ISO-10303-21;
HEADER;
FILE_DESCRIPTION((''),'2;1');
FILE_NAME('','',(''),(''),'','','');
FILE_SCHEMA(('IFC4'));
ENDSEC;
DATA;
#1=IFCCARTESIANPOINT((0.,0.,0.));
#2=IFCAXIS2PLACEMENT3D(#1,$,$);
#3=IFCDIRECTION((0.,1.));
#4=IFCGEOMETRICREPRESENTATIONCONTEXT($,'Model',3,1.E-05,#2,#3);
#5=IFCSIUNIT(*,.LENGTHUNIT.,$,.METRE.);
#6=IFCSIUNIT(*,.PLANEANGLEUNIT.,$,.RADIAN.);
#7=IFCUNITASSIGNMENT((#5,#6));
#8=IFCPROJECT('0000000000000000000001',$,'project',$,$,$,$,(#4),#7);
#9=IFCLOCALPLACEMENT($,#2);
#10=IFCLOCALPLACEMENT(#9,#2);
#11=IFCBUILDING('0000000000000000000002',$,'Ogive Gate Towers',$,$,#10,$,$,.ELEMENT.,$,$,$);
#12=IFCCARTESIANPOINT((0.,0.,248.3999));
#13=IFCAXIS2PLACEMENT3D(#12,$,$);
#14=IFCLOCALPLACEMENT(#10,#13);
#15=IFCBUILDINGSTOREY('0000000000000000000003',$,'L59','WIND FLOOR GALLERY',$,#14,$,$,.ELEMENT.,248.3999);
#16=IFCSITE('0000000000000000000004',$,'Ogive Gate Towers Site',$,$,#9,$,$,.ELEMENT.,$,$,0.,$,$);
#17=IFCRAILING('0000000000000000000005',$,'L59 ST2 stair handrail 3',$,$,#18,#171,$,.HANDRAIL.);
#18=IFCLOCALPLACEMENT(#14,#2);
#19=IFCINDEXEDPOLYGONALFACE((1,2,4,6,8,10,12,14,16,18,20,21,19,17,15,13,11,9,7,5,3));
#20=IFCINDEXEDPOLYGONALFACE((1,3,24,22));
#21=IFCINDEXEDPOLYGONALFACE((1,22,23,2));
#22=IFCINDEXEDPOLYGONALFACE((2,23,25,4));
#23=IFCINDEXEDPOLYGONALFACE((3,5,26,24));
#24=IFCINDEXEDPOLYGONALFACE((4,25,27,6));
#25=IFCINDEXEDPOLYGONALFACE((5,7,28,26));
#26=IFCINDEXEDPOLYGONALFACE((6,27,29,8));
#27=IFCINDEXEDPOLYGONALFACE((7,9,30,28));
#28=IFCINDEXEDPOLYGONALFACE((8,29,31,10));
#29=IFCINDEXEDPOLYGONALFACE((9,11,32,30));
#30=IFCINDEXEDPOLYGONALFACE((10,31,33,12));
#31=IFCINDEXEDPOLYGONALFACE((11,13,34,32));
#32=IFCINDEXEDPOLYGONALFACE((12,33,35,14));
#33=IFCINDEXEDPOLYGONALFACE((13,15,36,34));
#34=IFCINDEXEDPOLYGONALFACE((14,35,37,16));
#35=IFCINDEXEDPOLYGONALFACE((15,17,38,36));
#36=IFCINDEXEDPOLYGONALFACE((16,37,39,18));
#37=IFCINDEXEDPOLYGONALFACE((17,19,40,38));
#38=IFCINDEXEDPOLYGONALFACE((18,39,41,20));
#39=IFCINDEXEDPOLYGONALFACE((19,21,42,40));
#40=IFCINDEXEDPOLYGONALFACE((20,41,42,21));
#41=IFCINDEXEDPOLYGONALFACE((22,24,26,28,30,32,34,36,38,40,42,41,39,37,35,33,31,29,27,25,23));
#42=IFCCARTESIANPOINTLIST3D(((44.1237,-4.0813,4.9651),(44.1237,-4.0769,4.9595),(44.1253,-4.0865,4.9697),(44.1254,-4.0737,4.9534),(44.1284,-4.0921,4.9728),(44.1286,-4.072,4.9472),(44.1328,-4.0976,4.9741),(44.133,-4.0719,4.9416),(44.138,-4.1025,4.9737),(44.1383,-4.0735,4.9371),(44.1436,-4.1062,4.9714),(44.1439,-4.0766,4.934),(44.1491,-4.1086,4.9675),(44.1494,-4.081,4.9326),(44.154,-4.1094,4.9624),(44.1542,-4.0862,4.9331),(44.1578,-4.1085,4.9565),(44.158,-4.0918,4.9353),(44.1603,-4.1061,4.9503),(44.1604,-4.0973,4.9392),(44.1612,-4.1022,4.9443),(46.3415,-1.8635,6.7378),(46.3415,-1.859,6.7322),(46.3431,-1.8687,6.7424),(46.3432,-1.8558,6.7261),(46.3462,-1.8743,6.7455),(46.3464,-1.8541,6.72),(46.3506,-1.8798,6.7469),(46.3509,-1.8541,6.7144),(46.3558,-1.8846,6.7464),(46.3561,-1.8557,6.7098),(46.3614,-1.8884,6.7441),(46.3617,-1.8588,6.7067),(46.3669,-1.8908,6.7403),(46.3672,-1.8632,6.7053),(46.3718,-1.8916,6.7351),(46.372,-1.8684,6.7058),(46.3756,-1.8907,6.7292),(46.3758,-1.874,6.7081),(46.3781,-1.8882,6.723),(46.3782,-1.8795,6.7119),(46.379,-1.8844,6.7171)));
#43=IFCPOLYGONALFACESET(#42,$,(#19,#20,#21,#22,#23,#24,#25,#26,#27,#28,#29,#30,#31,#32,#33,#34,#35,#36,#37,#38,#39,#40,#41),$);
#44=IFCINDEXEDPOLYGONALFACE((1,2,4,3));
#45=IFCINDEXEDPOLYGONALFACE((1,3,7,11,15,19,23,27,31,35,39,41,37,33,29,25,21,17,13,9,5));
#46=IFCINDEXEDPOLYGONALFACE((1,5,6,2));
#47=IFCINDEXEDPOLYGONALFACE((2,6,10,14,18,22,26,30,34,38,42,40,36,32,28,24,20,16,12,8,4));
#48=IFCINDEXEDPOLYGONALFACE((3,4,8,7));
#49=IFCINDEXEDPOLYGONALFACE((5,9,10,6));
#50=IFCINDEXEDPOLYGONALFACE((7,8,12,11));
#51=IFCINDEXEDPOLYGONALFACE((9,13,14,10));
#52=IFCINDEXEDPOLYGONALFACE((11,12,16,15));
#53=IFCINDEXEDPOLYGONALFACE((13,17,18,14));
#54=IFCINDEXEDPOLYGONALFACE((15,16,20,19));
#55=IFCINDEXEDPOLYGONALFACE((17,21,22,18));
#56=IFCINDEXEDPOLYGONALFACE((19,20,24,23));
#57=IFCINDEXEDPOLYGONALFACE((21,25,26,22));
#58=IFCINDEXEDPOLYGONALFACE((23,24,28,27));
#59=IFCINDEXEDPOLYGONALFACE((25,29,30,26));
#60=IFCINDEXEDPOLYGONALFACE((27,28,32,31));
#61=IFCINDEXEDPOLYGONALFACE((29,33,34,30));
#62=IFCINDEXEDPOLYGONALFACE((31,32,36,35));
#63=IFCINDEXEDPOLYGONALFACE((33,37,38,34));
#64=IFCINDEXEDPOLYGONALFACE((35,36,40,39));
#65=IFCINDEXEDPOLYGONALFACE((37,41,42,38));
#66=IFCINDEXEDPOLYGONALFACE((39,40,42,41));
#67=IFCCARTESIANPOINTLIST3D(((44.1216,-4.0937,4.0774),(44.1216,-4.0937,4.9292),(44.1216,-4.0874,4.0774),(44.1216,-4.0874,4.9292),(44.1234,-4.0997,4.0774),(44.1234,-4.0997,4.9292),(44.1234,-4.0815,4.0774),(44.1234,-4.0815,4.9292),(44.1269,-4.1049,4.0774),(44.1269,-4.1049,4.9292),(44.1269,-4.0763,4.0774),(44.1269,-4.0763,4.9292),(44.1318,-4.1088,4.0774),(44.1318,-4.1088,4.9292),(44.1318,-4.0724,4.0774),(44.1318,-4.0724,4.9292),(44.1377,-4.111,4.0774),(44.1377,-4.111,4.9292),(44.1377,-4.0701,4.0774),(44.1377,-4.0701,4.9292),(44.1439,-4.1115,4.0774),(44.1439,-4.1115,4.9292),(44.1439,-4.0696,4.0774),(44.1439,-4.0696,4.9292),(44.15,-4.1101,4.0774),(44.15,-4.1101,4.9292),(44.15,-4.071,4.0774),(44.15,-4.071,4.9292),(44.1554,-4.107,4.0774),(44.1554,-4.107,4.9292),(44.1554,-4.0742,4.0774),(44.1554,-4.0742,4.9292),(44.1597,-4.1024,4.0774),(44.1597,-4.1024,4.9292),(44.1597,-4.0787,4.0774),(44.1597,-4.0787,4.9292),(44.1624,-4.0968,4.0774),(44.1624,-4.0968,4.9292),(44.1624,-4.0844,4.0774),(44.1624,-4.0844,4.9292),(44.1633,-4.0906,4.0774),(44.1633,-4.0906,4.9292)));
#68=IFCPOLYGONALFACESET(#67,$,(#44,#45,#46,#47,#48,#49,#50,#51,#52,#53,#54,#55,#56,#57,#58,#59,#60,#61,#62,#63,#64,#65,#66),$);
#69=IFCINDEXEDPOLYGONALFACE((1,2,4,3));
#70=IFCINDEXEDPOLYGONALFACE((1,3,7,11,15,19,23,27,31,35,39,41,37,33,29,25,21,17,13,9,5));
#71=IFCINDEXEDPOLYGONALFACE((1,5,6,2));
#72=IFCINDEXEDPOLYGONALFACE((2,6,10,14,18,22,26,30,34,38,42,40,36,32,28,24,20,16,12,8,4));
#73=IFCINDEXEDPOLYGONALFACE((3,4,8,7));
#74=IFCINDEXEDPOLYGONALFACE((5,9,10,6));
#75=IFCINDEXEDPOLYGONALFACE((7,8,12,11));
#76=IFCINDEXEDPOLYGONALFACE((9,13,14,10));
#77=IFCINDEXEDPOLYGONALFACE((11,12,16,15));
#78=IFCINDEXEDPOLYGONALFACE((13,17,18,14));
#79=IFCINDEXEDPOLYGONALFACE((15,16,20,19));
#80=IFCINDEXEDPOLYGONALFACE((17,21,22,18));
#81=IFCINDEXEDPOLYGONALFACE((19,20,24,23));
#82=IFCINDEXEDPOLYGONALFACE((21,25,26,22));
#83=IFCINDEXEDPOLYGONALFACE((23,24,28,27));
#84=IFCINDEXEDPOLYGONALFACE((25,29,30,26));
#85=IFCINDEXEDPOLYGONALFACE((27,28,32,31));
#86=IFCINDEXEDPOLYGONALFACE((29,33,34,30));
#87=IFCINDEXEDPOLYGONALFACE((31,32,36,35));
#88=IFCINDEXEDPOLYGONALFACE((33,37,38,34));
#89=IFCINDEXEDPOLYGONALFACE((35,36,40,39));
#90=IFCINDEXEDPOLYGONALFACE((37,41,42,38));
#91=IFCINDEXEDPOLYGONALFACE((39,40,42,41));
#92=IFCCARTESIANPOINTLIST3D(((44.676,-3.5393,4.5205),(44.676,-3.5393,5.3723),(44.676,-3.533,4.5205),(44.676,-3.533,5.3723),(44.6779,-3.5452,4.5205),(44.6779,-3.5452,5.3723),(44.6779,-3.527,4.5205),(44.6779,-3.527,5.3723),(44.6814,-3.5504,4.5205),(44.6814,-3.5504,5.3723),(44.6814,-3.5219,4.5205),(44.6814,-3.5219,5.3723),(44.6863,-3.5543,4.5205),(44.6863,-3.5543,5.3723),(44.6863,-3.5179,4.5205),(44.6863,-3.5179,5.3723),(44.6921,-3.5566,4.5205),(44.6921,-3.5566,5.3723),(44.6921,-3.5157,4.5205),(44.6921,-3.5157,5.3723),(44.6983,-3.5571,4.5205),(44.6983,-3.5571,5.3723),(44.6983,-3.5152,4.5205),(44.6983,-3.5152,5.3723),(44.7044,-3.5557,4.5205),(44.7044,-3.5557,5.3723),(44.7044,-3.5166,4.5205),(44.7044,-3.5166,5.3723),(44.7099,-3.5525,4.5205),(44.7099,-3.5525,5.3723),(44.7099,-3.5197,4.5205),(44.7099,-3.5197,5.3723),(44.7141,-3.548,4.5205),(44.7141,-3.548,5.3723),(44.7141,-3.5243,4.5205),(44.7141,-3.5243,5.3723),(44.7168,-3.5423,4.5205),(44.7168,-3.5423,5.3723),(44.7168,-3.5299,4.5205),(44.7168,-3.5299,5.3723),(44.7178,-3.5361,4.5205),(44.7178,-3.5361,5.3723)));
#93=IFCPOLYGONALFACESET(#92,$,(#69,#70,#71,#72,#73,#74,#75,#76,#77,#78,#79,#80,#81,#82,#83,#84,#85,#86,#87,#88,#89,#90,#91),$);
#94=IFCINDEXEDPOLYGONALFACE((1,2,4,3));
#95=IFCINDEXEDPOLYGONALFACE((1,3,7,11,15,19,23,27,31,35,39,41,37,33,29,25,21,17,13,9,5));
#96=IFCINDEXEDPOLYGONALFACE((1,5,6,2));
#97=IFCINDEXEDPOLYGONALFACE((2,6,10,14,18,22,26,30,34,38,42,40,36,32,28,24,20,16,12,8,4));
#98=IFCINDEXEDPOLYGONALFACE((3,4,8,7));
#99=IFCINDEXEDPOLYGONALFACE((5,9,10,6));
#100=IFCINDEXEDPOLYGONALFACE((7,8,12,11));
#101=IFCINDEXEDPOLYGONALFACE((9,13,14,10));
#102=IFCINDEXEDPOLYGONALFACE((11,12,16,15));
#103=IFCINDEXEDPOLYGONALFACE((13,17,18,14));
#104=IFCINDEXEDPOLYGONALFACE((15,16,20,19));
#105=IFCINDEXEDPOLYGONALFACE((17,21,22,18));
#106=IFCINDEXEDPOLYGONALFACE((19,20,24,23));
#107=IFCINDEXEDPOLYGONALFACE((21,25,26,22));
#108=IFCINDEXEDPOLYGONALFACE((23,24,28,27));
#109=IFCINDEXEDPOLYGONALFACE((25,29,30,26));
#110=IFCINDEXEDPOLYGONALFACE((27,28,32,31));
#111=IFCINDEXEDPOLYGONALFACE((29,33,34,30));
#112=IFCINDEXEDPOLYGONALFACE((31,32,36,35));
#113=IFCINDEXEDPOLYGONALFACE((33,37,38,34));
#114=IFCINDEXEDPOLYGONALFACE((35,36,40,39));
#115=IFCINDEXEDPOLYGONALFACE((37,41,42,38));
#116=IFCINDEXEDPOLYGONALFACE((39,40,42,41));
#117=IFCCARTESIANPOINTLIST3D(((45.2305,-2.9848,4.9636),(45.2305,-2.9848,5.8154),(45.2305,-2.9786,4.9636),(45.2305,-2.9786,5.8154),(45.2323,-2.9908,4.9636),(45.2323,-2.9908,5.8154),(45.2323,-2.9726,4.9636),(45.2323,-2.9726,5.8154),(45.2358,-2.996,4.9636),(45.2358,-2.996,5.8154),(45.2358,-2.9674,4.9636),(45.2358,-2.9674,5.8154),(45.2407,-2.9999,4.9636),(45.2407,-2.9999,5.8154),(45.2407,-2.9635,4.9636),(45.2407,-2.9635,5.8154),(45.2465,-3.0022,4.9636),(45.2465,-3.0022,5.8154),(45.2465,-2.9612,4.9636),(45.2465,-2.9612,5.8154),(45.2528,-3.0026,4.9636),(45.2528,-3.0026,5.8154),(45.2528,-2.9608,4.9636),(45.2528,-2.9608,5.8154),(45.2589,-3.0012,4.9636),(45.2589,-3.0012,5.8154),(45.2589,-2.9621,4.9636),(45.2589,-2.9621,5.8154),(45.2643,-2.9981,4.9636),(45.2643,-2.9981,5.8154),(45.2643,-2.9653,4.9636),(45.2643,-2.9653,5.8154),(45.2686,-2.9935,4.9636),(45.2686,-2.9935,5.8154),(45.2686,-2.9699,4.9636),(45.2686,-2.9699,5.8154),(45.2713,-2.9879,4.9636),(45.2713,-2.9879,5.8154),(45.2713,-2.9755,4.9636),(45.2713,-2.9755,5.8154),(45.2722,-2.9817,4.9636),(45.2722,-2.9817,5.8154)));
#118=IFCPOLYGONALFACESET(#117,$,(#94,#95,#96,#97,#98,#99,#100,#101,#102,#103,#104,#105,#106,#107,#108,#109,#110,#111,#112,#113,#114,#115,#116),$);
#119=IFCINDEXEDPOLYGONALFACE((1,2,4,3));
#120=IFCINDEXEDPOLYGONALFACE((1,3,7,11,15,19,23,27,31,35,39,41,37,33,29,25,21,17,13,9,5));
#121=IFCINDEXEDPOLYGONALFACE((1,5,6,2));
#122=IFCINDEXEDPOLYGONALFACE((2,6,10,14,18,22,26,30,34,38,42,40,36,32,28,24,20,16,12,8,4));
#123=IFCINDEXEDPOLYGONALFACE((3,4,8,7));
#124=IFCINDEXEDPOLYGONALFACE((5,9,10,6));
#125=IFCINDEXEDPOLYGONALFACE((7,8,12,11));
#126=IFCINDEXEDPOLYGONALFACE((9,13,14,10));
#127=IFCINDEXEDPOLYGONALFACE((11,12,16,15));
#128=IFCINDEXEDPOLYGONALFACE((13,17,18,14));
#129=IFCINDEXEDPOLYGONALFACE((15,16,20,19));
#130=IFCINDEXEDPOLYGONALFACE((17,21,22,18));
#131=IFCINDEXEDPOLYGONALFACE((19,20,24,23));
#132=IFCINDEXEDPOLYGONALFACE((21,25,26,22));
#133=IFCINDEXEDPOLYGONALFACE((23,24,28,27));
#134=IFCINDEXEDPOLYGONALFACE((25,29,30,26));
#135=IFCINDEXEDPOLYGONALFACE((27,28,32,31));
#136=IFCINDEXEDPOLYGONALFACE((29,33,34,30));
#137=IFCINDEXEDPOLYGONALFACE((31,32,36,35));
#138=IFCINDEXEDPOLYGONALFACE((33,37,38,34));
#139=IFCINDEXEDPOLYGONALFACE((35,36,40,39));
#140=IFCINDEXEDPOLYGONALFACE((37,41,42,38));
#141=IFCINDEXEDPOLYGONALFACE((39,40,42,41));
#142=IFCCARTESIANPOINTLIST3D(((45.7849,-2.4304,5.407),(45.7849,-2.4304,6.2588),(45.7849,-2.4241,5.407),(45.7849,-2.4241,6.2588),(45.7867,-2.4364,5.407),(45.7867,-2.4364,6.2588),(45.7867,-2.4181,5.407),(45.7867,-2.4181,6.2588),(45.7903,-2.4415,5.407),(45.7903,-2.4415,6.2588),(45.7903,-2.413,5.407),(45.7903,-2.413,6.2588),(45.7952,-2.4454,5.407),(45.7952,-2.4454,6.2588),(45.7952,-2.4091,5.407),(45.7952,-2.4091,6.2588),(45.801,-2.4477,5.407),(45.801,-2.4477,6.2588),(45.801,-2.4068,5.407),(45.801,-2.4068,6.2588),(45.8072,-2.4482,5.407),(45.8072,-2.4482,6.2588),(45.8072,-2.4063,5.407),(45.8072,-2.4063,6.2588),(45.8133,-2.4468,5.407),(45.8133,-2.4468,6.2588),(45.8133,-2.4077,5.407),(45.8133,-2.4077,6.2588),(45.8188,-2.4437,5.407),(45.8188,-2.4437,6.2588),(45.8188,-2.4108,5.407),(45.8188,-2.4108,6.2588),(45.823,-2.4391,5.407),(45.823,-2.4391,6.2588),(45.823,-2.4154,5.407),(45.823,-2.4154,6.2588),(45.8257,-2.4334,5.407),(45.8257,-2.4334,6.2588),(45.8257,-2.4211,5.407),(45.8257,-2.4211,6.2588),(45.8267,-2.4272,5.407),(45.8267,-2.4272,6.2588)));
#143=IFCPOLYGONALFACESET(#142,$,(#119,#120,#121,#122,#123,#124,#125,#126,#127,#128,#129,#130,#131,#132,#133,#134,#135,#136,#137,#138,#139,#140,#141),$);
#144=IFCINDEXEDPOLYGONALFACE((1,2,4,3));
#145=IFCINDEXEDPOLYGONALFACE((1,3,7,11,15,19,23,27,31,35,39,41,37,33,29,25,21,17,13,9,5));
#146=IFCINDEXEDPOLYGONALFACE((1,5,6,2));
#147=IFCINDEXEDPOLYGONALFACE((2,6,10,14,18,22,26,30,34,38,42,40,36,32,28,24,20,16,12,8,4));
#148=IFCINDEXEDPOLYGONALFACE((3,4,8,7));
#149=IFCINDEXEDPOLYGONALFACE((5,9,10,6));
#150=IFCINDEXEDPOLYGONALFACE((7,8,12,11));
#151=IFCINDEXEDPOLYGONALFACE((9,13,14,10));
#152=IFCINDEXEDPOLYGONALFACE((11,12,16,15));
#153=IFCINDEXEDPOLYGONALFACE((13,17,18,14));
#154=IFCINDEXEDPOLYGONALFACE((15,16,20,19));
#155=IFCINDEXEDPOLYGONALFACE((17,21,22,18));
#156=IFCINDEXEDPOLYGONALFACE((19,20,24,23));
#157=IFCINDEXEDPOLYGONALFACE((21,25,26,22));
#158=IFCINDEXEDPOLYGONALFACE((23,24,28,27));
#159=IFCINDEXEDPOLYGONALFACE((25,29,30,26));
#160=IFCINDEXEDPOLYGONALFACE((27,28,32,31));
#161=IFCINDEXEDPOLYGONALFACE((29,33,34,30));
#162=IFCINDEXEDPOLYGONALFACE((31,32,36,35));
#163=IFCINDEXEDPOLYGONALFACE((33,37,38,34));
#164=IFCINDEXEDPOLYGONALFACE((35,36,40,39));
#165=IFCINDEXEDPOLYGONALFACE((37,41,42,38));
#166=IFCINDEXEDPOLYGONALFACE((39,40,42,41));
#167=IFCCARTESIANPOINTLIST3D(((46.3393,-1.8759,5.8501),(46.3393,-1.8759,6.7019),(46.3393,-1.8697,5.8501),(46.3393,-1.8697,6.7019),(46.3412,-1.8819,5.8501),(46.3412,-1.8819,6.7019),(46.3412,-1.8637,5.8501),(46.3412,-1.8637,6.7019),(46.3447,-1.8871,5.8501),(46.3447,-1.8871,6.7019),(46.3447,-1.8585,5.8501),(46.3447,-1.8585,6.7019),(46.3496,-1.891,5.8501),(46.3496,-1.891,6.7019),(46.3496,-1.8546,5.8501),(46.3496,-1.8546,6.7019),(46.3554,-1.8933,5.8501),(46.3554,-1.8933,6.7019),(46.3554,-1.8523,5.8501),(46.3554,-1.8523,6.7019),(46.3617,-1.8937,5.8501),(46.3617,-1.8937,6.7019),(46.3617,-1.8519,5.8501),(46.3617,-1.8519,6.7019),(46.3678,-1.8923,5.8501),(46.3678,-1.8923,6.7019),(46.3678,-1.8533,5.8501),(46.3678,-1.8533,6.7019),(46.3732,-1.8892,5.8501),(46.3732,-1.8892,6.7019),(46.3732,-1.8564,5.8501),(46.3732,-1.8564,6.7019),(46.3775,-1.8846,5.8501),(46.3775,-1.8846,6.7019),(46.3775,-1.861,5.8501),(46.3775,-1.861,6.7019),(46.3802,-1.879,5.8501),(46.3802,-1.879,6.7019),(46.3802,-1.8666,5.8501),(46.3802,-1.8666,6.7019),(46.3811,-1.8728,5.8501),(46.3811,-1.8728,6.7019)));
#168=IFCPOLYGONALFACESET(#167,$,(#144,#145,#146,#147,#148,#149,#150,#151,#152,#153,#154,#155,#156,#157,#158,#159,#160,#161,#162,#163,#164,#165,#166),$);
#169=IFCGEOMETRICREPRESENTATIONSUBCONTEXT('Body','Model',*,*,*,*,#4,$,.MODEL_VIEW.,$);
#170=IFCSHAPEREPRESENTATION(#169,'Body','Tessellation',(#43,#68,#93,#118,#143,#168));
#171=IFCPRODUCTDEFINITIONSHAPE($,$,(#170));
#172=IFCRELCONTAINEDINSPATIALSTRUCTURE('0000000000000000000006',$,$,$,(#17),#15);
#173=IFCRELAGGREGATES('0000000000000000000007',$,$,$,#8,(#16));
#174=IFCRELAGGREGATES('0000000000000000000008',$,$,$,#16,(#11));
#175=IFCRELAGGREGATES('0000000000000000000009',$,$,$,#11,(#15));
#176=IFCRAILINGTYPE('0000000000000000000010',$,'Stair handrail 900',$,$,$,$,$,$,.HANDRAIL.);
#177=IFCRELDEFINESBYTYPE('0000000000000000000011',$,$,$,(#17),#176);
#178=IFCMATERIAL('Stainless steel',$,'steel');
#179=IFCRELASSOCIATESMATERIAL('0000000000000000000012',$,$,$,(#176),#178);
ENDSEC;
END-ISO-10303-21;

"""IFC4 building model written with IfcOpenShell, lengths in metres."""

from ifc_helpers import new_model, si_unit, direction, frame, origin, origin_2d, place, context, subcontext, project, spatial, circle, extrude, material, type_object, element, save


model = new_model("IFC4")

# Units and contexts
model_context = context("Model", 3, precision=1e-05, world=origin(), true_north=direction((0.0, 1.0)))
body_context = subcontext(model_context, "Body", "Model", "MODEL_VIEW")
ifc_project = project(units=[si_unit("LENGTHUNIT", "METRE"), si_unit("PLANEANGLEUNIT", "RADIAN")], contexts=[model_context])

# Site, building, storey
site_placement = place(None, origin())
site = spatial("IfcSite", under=ifc_project, at=site_placement, Name="Ogive Gate Towers Site", CompositionType="ELEMENT", RefElevation=0.0)
building_placement = place(site_placement, origin())
building = spatial("IfcBuilding", under=site, at=building_placement, Name="Ogive Gate Towers", CompositionType="ELEMENT")
storey_placement = place(building_placement, frame((0.0, 0.0, 248.3999)))
storey = spatial("IfcBuildingStorey", under=building, at=storey_placement, Name="L59", Description="WIND FLOOR GALLERY", CompositionType="ELEMENT", Elevation=248.3999)

# Railing
ifc_material_1 = material(Name="Stainless steel", Category="steel")
railing_type_1 = type_object("IfcRailingType", Name="Stair handrail 900", PredefinedType="HANDRAIL", material=ifc_material_1)
for number, where, name in (
    (1, (44.1423, -4.0906, 4.0774), "L59 ST2 stair handrail 3"),
):
    element("IfcRailing", number, at=place(storey_placement, frame(where)), inside=storey, type_object=railing_type_1, Name=name, PredefinedType="HANDRAIL", context=body_context, shape_type="SweptSolid", body=[
        extrude(circle(Radius=0.0239, at=origin_2d()), frame((0.0, 0.0, 0.876), z_axis=(0.615585, 0.615585, 0.492048), x_axis=(-0.707107, 0.707107, 0.0)), (0.0, 0.0, 1.0), 3.6028),
        extrude(circle(Radius=0.021, at=origin_2d()), origin(), (0.0, 0.0, 1.0), 0.8518),
        extrude(circle(Radius=0.021, at=origin_2d()), frame((0.5544, 0.5544, 0.4431)), (0.0, 0.0, 1.0), 0.8518),
        extrude(circle(Radius=0.021, at=origin_2d()), frame((1.1089, 1.1089, 0.8862)), (0.0, 0.0, 1.0), 0.8518),
        extrude(circle(Radius=0.021, at=origin_2d()), frame((1.6633, 1.6633, 1.3296)), (0.0, 0.0, 1.0), 0.8518),
        extrude(circle(Radius=0.021, at=origin_2d()), frame((2.2178, 2.2178, 1.7727)), (0.0, 0.0, 1.0), 0.8518),
    ])

save(model, "model.ifc")
